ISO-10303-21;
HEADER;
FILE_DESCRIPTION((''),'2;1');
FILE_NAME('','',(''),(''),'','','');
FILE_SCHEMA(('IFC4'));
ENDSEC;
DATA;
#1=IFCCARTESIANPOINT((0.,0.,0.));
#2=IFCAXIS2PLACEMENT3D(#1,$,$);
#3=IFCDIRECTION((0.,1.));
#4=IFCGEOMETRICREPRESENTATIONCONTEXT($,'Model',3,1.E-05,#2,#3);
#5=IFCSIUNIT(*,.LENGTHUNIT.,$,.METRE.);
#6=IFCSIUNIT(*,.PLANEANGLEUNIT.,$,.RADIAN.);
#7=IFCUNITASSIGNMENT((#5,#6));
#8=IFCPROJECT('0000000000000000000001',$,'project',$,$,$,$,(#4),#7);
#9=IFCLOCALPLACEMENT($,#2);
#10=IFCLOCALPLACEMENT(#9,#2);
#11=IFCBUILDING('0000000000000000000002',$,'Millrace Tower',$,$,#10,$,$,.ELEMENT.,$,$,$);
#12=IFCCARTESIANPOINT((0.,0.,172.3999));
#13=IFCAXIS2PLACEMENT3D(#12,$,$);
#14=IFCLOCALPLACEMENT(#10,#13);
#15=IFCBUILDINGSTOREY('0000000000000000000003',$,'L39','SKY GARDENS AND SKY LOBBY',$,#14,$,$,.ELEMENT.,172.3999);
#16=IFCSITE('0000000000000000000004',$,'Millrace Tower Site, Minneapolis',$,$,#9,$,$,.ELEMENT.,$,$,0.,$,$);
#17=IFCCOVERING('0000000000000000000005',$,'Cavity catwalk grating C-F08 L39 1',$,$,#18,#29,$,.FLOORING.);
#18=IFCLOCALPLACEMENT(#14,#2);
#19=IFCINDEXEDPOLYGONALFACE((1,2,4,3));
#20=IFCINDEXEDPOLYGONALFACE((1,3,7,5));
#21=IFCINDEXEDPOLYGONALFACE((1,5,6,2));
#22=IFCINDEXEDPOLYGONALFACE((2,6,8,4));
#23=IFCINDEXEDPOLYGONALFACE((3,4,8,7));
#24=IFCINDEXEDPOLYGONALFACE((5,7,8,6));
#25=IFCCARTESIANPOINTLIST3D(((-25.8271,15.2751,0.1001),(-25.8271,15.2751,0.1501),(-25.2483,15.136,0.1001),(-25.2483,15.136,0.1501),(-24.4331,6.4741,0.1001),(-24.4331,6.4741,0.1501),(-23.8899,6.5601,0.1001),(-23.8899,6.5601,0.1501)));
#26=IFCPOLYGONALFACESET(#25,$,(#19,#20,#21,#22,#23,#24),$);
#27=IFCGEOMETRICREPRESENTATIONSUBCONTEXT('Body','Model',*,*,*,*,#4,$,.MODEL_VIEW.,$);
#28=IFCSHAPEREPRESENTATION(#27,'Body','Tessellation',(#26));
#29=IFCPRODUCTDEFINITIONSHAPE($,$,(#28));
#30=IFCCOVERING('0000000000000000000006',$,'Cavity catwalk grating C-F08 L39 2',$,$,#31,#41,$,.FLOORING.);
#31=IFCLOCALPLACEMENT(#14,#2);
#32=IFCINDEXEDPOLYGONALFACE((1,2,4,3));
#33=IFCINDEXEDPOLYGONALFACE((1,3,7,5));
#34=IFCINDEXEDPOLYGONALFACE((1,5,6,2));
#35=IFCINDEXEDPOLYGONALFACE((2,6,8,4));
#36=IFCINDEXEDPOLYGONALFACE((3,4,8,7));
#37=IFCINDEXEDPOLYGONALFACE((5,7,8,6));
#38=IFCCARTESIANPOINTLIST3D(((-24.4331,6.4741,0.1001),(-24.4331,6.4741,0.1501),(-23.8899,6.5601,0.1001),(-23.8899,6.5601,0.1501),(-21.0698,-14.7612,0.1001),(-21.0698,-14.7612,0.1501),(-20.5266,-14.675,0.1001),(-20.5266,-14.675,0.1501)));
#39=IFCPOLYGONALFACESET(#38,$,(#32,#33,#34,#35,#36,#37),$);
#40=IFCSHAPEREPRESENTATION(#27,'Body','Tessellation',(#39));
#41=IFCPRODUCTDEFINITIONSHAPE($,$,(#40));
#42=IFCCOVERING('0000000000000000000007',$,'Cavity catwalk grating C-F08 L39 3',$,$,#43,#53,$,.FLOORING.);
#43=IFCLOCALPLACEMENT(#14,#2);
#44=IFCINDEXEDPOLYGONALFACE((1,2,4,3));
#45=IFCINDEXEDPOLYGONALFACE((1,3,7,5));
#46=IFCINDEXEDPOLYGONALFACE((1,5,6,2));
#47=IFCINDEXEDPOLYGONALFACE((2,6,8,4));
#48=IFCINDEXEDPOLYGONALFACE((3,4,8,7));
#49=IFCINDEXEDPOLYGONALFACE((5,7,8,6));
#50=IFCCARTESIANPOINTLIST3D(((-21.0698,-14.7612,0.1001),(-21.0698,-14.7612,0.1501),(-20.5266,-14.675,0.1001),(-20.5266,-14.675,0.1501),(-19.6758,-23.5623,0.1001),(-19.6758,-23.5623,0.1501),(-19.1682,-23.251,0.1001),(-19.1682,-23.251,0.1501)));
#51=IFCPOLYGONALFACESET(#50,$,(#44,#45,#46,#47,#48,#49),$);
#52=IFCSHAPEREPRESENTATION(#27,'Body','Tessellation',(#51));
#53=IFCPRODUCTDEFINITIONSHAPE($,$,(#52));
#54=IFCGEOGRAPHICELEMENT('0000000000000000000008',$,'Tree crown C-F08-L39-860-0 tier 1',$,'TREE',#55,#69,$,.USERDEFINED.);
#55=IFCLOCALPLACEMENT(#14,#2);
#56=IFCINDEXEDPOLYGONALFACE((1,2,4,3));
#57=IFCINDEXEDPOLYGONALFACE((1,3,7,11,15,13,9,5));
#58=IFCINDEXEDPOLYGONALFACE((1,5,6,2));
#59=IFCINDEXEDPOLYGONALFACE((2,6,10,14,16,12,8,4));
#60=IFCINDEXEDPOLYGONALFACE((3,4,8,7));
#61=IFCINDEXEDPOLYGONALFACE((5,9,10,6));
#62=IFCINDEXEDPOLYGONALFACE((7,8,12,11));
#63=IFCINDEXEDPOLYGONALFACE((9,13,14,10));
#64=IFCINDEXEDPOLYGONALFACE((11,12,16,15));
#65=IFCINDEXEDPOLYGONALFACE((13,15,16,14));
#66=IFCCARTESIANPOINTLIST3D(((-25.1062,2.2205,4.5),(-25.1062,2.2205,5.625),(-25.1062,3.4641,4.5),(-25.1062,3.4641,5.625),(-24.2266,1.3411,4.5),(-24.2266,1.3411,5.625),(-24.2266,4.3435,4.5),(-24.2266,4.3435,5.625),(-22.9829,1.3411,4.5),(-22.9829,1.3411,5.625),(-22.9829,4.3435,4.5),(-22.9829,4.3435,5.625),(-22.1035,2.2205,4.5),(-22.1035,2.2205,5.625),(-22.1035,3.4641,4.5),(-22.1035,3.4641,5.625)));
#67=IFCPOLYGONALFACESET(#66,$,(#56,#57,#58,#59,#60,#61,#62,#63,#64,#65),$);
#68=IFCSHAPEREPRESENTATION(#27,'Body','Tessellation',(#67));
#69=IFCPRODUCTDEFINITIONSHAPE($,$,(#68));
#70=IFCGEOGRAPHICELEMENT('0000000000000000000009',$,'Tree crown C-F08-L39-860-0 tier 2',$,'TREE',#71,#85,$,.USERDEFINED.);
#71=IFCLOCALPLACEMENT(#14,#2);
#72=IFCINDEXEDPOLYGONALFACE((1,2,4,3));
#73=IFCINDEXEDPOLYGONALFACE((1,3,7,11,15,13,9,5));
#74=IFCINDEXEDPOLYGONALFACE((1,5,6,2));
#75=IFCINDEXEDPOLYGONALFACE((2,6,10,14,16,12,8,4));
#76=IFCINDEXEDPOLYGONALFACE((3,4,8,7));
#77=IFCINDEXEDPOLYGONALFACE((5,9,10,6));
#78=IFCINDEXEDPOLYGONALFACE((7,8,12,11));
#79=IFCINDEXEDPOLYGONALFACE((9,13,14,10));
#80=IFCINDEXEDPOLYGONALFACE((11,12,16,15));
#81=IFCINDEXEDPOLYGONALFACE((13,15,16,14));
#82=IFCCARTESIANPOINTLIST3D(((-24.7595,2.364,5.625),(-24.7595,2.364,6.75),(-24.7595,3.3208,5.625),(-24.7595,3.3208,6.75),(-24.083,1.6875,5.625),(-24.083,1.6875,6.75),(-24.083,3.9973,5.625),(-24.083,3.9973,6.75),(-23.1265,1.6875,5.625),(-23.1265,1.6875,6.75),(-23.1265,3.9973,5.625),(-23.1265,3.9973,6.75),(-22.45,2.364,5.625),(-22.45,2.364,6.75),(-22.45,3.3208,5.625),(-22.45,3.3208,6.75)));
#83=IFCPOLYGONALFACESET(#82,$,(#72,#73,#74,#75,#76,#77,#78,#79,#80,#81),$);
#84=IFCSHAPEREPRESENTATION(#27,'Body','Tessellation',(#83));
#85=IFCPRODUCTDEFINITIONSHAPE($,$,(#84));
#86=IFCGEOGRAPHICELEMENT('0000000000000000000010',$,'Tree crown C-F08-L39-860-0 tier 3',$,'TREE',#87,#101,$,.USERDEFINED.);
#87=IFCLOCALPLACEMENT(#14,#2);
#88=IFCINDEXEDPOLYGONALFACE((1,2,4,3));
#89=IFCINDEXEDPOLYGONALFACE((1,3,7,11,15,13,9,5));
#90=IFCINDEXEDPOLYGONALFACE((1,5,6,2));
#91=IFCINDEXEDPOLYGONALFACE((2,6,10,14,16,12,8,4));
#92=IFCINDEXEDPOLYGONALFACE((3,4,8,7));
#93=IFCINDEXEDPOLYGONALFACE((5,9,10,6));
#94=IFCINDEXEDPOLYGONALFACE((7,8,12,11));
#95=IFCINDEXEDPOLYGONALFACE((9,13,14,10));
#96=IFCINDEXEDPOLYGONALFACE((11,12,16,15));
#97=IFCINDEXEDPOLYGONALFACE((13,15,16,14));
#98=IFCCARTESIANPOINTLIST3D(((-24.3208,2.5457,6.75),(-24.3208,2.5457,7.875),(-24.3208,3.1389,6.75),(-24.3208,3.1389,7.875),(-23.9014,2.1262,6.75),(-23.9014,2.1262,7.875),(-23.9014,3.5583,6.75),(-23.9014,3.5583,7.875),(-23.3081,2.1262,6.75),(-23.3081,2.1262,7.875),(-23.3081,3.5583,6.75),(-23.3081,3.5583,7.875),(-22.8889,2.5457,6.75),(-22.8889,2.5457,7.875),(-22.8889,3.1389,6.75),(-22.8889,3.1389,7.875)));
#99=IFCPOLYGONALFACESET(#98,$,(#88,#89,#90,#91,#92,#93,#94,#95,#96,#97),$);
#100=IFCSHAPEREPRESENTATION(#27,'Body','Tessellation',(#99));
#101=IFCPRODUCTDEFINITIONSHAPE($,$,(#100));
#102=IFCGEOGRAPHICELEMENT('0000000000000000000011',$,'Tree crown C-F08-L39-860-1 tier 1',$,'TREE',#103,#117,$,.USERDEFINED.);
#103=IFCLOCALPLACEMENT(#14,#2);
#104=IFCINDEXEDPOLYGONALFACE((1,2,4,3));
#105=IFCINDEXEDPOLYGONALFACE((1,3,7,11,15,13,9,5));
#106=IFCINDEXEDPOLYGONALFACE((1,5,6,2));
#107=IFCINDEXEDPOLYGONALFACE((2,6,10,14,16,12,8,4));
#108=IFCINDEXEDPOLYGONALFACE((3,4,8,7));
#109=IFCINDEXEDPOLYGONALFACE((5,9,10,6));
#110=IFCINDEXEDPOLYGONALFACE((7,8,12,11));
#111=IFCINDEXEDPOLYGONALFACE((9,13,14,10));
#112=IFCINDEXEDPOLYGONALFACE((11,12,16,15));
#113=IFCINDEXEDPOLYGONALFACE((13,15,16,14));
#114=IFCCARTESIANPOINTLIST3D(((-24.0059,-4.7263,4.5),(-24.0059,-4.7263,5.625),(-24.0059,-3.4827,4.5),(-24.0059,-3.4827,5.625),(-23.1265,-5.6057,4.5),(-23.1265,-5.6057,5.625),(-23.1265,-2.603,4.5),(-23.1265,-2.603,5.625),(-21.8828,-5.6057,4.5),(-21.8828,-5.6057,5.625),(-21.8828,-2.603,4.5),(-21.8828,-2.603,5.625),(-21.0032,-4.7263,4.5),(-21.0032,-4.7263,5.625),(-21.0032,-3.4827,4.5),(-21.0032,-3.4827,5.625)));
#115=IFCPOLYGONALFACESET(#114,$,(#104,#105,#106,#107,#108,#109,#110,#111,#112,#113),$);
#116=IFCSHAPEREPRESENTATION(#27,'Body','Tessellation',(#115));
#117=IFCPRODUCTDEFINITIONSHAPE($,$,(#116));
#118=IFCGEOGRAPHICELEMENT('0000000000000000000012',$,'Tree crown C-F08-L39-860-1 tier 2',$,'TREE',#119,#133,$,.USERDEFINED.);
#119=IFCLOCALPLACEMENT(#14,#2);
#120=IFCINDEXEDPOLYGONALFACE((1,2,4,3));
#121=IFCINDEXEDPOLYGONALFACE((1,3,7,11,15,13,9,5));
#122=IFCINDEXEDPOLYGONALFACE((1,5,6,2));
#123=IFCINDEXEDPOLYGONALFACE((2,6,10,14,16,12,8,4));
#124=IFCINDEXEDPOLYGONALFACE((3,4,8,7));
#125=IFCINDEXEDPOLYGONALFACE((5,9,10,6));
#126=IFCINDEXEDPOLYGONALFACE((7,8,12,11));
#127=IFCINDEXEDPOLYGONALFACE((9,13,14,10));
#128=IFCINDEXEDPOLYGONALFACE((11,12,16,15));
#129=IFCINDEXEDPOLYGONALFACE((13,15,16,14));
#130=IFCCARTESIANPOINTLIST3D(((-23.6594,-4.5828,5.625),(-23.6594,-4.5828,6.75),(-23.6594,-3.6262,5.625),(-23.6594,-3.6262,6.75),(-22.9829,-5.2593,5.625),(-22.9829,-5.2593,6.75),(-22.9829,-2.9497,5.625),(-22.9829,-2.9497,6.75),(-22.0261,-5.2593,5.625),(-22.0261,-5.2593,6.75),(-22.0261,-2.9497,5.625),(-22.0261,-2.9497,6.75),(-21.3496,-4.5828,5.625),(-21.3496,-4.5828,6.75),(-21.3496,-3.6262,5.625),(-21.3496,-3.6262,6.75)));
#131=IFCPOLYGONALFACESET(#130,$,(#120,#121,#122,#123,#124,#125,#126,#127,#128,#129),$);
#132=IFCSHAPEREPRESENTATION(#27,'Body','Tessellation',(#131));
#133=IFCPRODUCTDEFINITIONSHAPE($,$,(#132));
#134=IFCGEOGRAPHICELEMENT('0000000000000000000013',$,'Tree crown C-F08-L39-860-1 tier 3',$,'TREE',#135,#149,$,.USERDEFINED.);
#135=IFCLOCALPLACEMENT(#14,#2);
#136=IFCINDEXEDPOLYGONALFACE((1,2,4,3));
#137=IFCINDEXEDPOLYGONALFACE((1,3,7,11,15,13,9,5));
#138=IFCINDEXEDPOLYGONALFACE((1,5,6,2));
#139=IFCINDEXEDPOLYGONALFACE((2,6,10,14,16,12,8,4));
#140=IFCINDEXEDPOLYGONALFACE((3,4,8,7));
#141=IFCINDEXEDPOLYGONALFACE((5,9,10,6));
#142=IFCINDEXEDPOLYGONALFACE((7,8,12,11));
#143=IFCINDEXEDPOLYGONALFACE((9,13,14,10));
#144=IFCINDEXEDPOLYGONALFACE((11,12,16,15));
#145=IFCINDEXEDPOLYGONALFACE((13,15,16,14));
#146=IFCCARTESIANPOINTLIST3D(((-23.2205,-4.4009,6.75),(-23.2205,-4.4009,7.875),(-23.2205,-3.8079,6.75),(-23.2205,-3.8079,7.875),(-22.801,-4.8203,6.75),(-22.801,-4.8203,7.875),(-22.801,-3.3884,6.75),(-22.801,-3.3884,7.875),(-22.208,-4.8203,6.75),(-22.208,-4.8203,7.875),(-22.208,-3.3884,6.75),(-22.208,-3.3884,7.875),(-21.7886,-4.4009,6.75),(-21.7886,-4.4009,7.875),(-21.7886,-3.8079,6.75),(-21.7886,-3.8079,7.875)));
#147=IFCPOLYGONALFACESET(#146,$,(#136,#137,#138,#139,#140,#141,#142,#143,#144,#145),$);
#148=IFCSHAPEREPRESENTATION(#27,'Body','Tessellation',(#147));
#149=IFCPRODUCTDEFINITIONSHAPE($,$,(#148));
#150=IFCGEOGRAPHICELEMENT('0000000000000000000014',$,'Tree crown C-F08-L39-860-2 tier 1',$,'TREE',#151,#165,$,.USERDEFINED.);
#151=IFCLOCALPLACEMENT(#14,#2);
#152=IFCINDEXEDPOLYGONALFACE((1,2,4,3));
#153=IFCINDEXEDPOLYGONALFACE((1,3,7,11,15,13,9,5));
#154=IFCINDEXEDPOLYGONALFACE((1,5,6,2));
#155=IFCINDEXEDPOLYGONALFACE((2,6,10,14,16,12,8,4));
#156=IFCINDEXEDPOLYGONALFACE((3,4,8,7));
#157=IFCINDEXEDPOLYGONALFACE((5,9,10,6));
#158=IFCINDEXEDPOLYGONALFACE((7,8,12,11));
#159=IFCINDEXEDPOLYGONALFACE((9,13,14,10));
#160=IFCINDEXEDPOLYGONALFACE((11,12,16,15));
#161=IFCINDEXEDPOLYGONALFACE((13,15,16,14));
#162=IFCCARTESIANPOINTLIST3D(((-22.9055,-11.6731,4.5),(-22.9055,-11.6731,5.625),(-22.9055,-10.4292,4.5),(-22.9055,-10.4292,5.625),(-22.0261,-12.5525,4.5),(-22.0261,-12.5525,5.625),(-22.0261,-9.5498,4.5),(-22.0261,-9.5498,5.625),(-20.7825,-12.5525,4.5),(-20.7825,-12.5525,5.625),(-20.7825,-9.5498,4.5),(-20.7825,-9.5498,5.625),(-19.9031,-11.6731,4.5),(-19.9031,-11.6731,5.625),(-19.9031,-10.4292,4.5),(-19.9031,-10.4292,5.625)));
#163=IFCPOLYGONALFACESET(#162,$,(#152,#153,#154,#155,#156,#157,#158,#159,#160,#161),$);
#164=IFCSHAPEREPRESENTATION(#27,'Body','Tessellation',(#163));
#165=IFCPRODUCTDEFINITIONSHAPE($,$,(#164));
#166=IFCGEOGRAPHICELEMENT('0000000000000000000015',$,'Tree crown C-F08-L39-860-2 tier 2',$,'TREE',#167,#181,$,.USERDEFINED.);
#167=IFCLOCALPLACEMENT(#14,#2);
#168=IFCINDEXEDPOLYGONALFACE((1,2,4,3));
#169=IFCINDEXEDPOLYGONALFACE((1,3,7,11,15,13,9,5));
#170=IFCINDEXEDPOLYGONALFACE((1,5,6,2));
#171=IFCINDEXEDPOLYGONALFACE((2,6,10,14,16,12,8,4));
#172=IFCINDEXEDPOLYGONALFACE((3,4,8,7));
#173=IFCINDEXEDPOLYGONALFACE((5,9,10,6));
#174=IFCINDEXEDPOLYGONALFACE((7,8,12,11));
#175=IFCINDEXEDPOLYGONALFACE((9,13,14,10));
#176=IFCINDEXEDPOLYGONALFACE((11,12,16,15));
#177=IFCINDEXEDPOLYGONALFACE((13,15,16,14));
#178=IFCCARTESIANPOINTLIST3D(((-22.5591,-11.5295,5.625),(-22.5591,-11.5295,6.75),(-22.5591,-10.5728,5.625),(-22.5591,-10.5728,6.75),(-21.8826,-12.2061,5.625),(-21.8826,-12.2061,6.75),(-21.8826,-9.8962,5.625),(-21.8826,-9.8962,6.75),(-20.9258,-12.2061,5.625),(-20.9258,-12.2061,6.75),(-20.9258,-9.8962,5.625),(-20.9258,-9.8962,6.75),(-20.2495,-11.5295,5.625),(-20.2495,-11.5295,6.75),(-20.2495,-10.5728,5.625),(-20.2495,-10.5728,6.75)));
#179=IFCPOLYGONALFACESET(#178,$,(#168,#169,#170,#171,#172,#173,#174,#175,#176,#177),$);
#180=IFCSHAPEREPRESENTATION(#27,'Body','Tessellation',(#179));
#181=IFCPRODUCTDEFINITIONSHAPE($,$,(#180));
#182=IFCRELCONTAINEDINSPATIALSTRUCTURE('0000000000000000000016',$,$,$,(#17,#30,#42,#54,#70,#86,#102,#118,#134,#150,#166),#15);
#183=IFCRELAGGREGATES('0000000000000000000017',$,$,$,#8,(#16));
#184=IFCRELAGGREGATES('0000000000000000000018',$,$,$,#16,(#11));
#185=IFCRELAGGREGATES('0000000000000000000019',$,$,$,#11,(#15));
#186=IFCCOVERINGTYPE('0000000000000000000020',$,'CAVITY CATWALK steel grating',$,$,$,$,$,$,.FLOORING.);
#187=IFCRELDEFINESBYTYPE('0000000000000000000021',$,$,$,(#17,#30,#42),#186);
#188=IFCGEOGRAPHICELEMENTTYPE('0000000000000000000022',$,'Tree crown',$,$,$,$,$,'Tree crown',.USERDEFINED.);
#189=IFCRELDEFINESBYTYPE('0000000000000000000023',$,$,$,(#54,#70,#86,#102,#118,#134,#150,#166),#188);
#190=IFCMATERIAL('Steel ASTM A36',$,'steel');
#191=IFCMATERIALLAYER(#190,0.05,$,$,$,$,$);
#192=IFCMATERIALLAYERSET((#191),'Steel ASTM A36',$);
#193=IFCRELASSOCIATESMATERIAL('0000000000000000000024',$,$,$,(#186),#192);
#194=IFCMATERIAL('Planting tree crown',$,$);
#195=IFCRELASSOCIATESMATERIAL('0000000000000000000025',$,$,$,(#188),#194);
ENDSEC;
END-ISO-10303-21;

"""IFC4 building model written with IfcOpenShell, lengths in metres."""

from ifc_helpers import new_model, si_unit, direction, frame, origin, place, context, subcontext, project, spatial, polyline, outline, extrude, material, layer, layer_set, type_object, element, save


model = new_model("IFC4")

# Units and contexts
model_context = context("Model", 3, precision=1e-05, world=origin(), true_north=direction((0.0, 1.0)))
body_context = subcontext(model_context, "Body", "Model", "MODEL_VIEW")
ifc_project = project(units=[si_unit("LENGTHUNIT", "METRE"), si_unit("PLANEANGLEUNIT", "RADIAN")], contexts=[model_context])

# Site, building, storey
site_placement = place(None, origin())
site = spatial("IfcSite", under=ifc_project, at=site_placement, Name="Millrace Tower Site, Minneapolis", CompositionType="ELEMENT", RefElevation=0.0)
building_placement = place(site_placement, origin())
building = spatial("IfcBuilding", under=site, at=building_placement, Name="Millrace Tower", CompositionType="ELEMENT")
storey_placement = place(building_placement, frame((0.0, 0.0, 172.3999)))
storey = spatial("IfcBuildingStorey", under=building, at=storey_placement, Name="L39", Description="SKY GARDENS AND SKY LOBBY", CompositionType="ELEMENT", Elevation=172.3999)

# Coverings
ifc_material_1 = material(Name="Steel ASTM A36", Category="steel")
ifc_layer_1 = layer(ifc_material_1, 0.05)
ifc_layer_set_1 = layer_set([ifc_layer_1], Name="Steel ASTM A36")
covering_type = type_object("IfcCoveringType", Name="CAVITY CATWALK steel grating", PredefinedType="FLOORING", material=ifc_layer_set_1)
placement_1 = place(storey_placement, frame((0.0, 0.0, 0.1001)))
element("IfcCovering", 1, at=placement_1, inside=storey, type_object=covering_type, Name="Cavity catwalk grating C-F08 L39 1", PredefinedType="FLOORING", context=body_context, shape_type="SweptSolid", body=[
    extrude(outline(polyline([(-25.8271, 15.2751), (-24.4331, 6.4741), (-23.8899, 6.5601), (-25.2483, 15.136), (-25.8271, 15.2751)])), origin(), (0.0, 0.0, 1.0), 0.05),
])
element("IfcCovering", 2, at=placement_1, inside=storey, type_object=covering_type, Name="Cavity catwalk grating C-F08 L39 2", PredefinedType="FLOORING", context=body_context, shape_type="SweptSolid", body=[
    extrude(outline(polyline([(-24.4331, 6.4741), (-21.0698, -14.7612), (-20.5266, -14.675), (-23.8899, 6.5601), (-24.4331, 6.4741)])), origin(), (0.0, 0.0, 1.0), 0.05),
])
element("IfcCovering", 3, at=placement_1, inside=storey, type_object=covering_type, Name="Cavity catwalk grating C-F08 L39 3", PredefinedType="FLOORING", context=body_context, shape_type="SweptSolid", body=[
    extrude(outline(polyline([(-21.0698, -14.7612), (-19.6758, -23.5623), (-19.1682, -23.251), (-20.5266, -14.675), (-21.0698, -14.7612)])), origin(), (0.0, 0.0, 1.0), 0.05),
])

# Geographic elements
ifc_material_2 = material(Name="Planting tree crown")
geographic_element_type = type_object("IfcGeographicElementType", Name="Tree crown", ElementType="Tree crown", PredefinedType="USERDEFINED", material=ifc_material_2)
placement_2 = place(storey_placement, frame((0.0, 0.0, 4.5)))
element("IfcGeographicElement", 4, at=placement_2, inside=storey, type_object=geographic_element_type, Name="Tree crown C-F08-L39-860-0 tier 1", ObjectType="TREE", PredefinedType="USERDEFINED", context=body_context, shape_type="SweptSolid", body=[
    extrude(outline(polyline([(-22.1035, 3.4641), (-22.9829, 4.3435), (-24.2266, 4.3435), (-25.1062, 3.4641), (-25.1062, 2.2205), (-24.2266, 1.3411), (-22.9829, 1.3411), (-22.1035, 2.2205), (-22.1035, 3.4641)])), origin(), (0.0, 0.0, 1.0), 1.125),
])
placement_3 = place(storey_placement, frame((0.0, 0.0, 5.625)))
element("IfcGeographicElement", 5, at=placement_3, inside=storey, type_object=geographic_element_type, Name="Tree crown C-F08-L39-860-0 tier 2", ObjectType="TREE", PredefinedType="USERDEFINED", context=body_context, shape_type="SweptSolid", body=[
    extrude(outline(polyline([(-22.45, 3.3208), (-23.1265, 3.9973), (-24.083, 3.9973), (-24.7595, 3.3208), (-24.7595, 2.364), (-24.083, 1.6875), (-23.1265, 1.6875), (-22.45, 2.364), (-22.45, 3.3208)])), origin(), (0.0, 0.0, 1.0), 1.125),
])
placement_4 = place(storey_placement, frame((0.0, 0.0, 6.75)))
element("IfcGeographicElement", 6, at=placement_4, inside=storey, type_object=geographic_element_type, Name="Tree crown C-F08-L39-860-0 tier 3", ObjectType="TREE", PredefinedType="USERDEFINED", context=body_context, shape_type="SweptSolid", body=[
    extrude(outline(polyline([(-22.8889, 3.1389), (-23.3081, 3.5583), (-23.9014, 3.5583), (-24.3208, 3.1389), (-24.3208, 2.5457), (-23.9014, 2.1262), (-23.3081, 2.1262), (-22.8889, 2.5457), (-22.8889, 3.1389)])), origin(), (0.0, 0.0, 1.0), 1.125),
])
element("IfcGeographicElement", 7, at=placement_2, inside=storey, type_object=geographic_element_type, Name="Tree crown C-F08-L39-860-1 tier 1", ObjectType="TREE", PredefinedType="USERDEFINED", context=body_context, shape_type="SweptSolid", body=[
    extrude(outline(polyline([(-21.0032, -3.4827), (-21.8828, -2.603), (-23.1265, -2.603), (-24.0059, -3.4827), (-24.0059, -4.7263), (-23.1265, -5.6057), (-21.8828, -5.6057), (-21.0032, -4.7263), (-21.0032, -3.4827)])), origin(), (0.0, 0.0, 1.0), 1.125),
])
element("IfcGeographicElement", 8, at=placement_3, inside=storey, type_object=geographic_element_type, Name="Tree crown C-F08-L39-860-1 tier 2", ObjectType="TREE", PredefinedType="USERDEFINED", context=body_context, shape_type="SweptSolid", body=[
    extrude(outline(polyline([(-21.3496, -3.6262), (-22.0261, -2.9497), (-22.9829, -2.9497), (-23.6594, -3.6262), (-23.6594, -4.5828), (-22.9829, -5.2593), (-22.0261, -5.2593), (-21.3496, -4.5828), (-21.3496, -3.6262)])), origin(), (0.0, 0.0, 1.0), 1.125),
])
element("IfcGeographicElement", 9, at=placement_4, inside=storey, type_object=geographic_element_type, Name="Tree crown C-F08-L39-860-1 tier 3", ObjectType="TREE", PredefinedType="USERDEFINED", context=body_context, shape_type="SweptSolid", body=[
    extrude(outline(polyline([(-21.7886, -3.8079), (-22.208, -3.3884), (-22.801, -3.3884), (-23.2205, -3.8079), (-23.2205, -4.4009), (-22.801, -4.8203), (-22.208, -4.8203), (-21.7886, -4.4009), (-21.7886, -3.8079)])), origin(), (0.0, 0.0, 1.0), 1.125),
])
element("IfcGeographicElement", 10, at=placement_2, inside=storey, type_object=geographic_element_type, Name="Tree crown C-F08-L39-860-2 tier 1", ObjectType="TREE", PredefinedType="USERDEFINED", context=body_context, shape_type="SweptSolid", body=[
    extrude(outline(polyline([(-19.9031, -10.4292), (-20.7825, -9.5498), (-22.0261, -9.5498), (-22.9055, -10.4292), (-22.9055, -11.6731), (-22.0261, -12.5525), (-20.7825, -12.5525), (-19.9031, -11.6731), (-19.9031, -10.4292)])), origin(), (0.0, 0.0, 1.0), 1.125),
])
element("IfcGeographicElement", 11, at=placement_3, inside=storey, type_object=geographic_element_type, Name="Tree crown C-F08-L39-860-2 tier 2", ObjectType="TREE", PredefinedType="USERDEFINED", context=body_context, shape_type="SweptSolid", body=[
    extrude(outline(polyline([(-20.2495, -10.5728), (-20.9258, -9.8962), (-21.8826, -9.8962), (-22.5591, -10.5728), (-22.5591, -11.5295), (-21.8826, -12.2061), (-20.9258, -12.2061), (-20.2495, -11.5295), (-20.2495, -10.5728)])), origin(), (0.0, 0.0, 1.0), 1.125),
])

save(model, "model.ifc")
